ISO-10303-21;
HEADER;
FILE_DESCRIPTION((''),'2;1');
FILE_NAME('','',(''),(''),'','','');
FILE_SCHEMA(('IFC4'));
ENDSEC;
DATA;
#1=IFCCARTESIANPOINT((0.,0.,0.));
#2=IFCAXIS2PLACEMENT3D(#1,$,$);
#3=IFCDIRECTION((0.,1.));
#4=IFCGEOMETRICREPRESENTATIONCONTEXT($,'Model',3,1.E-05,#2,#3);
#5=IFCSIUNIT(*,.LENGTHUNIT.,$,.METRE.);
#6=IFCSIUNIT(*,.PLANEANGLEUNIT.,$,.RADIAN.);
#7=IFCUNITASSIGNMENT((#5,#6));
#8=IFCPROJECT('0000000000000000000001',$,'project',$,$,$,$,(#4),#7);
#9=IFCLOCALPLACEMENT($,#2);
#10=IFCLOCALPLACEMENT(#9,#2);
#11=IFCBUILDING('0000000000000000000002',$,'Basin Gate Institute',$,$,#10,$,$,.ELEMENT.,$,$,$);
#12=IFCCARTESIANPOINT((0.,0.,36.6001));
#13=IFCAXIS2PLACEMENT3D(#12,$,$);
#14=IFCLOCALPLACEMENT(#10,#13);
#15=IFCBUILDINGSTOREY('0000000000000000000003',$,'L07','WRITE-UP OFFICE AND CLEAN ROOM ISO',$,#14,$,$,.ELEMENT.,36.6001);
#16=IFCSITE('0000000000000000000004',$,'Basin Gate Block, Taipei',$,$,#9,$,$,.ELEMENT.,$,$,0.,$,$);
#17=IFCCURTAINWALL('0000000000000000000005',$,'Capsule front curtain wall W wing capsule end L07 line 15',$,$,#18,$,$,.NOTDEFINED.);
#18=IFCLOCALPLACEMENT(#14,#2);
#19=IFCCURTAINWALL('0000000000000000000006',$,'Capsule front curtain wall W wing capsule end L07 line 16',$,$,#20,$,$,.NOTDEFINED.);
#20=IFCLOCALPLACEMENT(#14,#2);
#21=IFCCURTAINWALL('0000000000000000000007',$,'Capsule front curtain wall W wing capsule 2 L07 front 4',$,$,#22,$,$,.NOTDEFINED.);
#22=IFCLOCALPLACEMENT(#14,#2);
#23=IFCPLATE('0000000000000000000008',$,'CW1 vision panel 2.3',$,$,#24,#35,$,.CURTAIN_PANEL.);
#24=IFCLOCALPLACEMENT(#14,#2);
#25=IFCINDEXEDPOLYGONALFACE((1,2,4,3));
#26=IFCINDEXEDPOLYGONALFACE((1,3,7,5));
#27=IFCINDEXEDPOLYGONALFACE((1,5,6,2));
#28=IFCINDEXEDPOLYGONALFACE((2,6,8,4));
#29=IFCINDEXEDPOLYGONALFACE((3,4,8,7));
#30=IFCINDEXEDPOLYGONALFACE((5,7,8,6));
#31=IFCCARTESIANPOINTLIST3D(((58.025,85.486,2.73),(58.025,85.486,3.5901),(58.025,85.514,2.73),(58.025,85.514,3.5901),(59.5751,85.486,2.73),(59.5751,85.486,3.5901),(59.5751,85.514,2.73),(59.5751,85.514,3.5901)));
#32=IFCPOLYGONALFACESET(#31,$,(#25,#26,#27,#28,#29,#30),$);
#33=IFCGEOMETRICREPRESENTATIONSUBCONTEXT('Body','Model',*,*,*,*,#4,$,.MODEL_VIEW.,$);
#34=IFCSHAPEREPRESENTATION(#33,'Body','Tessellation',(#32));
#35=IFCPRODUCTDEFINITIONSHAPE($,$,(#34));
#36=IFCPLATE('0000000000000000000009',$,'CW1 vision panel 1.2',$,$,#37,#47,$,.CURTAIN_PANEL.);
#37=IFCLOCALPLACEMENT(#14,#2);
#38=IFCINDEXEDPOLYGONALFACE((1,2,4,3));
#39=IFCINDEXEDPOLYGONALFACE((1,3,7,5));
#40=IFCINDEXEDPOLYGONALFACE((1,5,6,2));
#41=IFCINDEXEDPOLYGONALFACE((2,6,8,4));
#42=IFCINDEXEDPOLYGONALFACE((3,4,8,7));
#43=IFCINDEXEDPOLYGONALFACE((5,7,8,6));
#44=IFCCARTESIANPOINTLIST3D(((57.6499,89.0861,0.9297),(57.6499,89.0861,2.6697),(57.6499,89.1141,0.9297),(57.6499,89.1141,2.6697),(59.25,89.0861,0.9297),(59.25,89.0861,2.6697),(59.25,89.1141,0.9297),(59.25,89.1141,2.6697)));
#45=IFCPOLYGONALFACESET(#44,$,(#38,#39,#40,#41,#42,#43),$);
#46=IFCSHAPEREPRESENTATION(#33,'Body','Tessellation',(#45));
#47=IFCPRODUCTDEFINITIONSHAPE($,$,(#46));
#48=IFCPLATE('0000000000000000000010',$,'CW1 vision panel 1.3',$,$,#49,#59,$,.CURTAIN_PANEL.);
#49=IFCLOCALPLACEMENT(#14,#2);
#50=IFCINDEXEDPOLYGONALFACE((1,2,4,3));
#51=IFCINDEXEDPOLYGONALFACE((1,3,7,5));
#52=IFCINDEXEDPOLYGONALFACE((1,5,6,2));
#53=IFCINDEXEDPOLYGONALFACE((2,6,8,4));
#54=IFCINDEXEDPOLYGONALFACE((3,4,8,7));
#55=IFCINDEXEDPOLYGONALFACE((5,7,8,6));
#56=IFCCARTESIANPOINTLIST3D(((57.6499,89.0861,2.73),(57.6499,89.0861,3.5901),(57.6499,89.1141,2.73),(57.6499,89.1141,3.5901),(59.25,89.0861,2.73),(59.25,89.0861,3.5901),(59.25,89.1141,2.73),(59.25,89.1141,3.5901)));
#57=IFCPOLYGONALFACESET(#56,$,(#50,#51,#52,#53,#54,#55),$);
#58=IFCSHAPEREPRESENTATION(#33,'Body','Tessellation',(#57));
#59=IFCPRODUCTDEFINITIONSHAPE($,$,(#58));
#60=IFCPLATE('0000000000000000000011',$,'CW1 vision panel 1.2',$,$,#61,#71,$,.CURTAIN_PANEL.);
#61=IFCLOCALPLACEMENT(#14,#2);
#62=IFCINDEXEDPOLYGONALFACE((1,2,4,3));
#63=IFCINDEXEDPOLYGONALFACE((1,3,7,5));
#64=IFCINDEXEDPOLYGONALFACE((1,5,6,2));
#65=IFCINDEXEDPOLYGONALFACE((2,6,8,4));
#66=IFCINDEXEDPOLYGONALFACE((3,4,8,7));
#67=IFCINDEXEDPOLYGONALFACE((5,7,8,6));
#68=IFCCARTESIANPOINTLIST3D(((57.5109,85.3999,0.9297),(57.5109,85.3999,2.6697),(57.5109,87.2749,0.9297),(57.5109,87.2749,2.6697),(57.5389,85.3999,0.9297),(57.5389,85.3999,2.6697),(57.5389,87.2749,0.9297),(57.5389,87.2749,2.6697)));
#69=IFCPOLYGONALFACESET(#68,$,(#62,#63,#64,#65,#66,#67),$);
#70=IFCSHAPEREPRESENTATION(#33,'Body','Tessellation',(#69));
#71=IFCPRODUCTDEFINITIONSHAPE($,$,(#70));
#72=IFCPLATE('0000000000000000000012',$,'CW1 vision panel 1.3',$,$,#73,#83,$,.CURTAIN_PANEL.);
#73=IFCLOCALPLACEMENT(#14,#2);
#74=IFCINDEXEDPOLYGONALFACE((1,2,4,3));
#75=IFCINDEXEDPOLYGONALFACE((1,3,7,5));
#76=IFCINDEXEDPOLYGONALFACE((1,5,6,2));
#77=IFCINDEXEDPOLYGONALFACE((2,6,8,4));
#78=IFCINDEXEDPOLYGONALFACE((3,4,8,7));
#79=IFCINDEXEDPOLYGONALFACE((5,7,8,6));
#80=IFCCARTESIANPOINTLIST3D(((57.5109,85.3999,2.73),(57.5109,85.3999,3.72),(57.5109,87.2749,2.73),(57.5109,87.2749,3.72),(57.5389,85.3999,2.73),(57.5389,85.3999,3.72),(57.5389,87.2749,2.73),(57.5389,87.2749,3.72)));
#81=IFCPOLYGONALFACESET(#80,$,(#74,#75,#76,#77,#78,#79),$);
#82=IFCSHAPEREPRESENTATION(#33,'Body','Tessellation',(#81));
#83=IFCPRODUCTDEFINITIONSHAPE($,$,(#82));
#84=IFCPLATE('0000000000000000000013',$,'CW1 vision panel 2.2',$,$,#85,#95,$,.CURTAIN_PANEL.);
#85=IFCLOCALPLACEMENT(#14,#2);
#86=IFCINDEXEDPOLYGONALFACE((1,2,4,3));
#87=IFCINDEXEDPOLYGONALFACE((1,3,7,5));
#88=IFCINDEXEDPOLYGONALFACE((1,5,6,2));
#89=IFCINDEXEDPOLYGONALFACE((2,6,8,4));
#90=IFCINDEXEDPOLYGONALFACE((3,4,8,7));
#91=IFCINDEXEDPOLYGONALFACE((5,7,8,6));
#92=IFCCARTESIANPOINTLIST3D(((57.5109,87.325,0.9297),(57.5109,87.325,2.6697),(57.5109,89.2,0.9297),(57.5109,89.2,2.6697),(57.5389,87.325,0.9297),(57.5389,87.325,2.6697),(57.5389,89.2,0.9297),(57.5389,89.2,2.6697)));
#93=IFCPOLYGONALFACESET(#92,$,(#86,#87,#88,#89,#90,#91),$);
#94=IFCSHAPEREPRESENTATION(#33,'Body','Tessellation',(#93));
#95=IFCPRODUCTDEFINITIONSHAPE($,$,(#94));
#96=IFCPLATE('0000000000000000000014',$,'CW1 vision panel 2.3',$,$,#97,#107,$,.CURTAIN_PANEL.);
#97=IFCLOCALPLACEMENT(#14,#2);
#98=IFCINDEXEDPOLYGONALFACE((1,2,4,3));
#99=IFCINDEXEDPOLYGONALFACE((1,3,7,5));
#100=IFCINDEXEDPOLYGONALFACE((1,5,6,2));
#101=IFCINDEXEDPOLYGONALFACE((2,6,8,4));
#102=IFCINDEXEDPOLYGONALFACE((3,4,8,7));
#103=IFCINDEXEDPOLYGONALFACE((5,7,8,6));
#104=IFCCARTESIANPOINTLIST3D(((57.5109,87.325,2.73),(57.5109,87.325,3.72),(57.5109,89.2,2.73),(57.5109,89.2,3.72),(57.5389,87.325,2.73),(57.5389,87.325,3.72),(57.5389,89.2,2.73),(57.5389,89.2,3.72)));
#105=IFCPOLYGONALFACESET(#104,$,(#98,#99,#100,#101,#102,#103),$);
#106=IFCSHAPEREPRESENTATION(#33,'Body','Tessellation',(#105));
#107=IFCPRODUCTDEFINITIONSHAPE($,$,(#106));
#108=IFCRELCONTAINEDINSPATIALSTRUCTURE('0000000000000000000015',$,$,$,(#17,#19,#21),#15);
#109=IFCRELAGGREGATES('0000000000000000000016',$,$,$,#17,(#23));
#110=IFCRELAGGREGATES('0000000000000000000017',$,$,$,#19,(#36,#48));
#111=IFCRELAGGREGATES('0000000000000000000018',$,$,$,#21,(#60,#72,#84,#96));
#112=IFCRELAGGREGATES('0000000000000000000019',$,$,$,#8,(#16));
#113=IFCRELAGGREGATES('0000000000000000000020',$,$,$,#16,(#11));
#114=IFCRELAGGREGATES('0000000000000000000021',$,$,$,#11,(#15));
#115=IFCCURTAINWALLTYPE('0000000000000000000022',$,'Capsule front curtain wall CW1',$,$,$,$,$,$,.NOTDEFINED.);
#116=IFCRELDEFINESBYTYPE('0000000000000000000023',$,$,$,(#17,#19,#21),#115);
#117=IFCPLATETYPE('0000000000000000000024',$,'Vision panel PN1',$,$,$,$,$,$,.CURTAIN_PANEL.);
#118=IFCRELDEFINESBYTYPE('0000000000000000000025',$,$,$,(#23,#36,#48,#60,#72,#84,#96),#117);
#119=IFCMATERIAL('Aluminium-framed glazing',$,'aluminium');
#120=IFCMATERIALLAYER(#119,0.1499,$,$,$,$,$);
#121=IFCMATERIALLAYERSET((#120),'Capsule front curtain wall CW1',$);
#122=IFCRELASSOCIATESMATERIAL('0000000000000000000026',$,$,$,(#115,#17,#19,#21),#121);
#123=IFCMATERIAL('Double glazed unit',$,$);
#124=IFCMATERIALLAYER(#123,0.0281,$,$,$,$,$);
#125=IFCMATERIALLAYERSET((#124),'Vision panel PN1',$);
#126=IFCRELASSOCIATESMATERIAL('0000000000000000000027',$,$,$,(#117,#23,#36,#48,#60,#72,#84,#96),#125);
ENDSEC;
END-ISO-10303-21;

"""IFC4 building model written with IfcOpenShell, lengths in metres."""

from ifc_helpers import new_model, si_unit, direction, frame, origin, origin_2d, place, context, subcontext, project, spatial, rectangle, extrude, material, layer, layer_set, type_object, element, aggregate, save


model = new_model("IFC4")

# Units and contexts
model_context = context("Model", 3, precision=1e-05, world=origin(), true_north=direction((0.0, 1.0)))
body_context = subcontext(model_context, "Body", "Model", "MODEL_VIEW")
ifc_project = project(units=[si_unit("LENGTHUNIT", "METRE"), si_unit("PLANEANGLEUNIT", "RADIAN")], contexts=[model_context])

# Site, building, storey
site_placement = place(None, origin())
site = spatial("IfcSite", under=ifc_project, at=site_placement, Name="Basin Gate Block, Taipei", CompositionType="ELEMENT", RefElevation=0.0)
building_placement = place(site_placement, origin())
building = spatial("IfcBuilding", under=site, at=building_placement, Name="Basin Gate Institute", CompositionType="ELEMENT")
storey_placement = place(building_placement, frame((0.0, 0.0, 36.6001)))
storey = spatial("IfcBuildingStorey", under=building, at=storey_placement, Name="L07", Description="WRITE-UP OFFICE AND CLEAN ROOM ISO", CompositionType="ELEMENT", Elevation=36.6001)

# Curtain walls
ifc_material_1 = material(Name="Aluminium-framed glazing", Category="aluminium")
ifc_layer_1 = layer(ifc_material_1, 0.1499)
ifc_layer_set_1 = layer_set([ifc_layer_1], Name="Capsule front curtain wall CW1")
curtain_wall_type = type_object("IfcCurtainWallType", Name="Capsule front curtain wall CW1", PredefinedType="NOTDEFINED", material=ifc_layer_set_1)
curtain_wall_1_placement = place(storey_placement, origin())
curtain_wall_1 = element("IfcCurtainWall", 1, at=curtain_wall_1_placement, inside=storey, type_object=curtain_wall_type, material=ifc_layer_set_1, Name="Capsule front curtain wall W wing capsule end L07 line 15", PredefinedType="NOTDEFINED")
curtain_wall_2_placement = place(storey_placement, origin())
curtain_wall_2 = element("IfcCurtainWall", 2, at=curtain_wall_2_placement, inside=storey, type_object=curtain_wall_type, material=ifc_layer_set_1, Name="Capsule front curtain wall W wing capsule end L07 line 16", PredefinedType="NOTDEFINED")

# Curtain wall
curtain_wall_3_placement = place(storey_placement, origin())
curtain_wall_3 = element("IfcCurtainWall", 3, at=curtain_wall_3_placement, inside=storey, type_object=curtain_wall_type, material=ifc_layer_set_1, Name="Capsule front curtain wall W wing capsule 2 L07 front 4", PredefinedType="NOTDEFINED")

# Plates
ifc_material_2 = material(Name="Double glazed unit")
ifc_layer_2 = layer(ifc_material_2, 0.0281)
ifc_layer_set_2 = layer_set([ifc_layer_2], Name="Vision panel PN1")
plate_type_1 = type_object("IfcPlateType", Name="Vision panel PN1", PredefinedType="CURTAIN_PANEL", material=ifc_layer_set_2)
plate_1_placement = place(storey_placement, frame((58.8, 85.5, 2.73), z_axis=(0.0, 0.0, 1.0), x_axis=(1.0, 0.0, 0.0)))
plate_1 = element("IfcPlate", 4, at=plate_1_placement, type_object=plate_type_1, material=ifc_layer_set_2, Name="CW1 vision panel 2.3", PredefinedType="CURTAIN_PANEL", context=body_context, shape_type="SweptSolid", body=[
    extrude(rectangle(XDim=1.55, YDim=0.0281, at=origin_2d()), origin(), (0.0, 0.0, 1.0), 0.8601),
])
aggregate(curtain_wall_1, [plate_1])
plate_2_placement = place(storey_placement, frame((58.45, 89.1001, 0.9297), z_axis=(0.0, 0.0, 1.0), x_axis=(1.0, 0.0, 0.0)))
plate_2 = element("IfcPlate", 5, at=plate_2_placement, type_object=plate_type_1, material=ifc_layer_set_2, Name="CW1 vision panel 1.2", PredefinedType="CURTAIN_PANEL", context=body_context, shape_type="SweptSolid", body=[
    extrude(rectangle(XDim=1.6001, YDim=0.0281, at=origin_2d()), origin(), (0.0, 0.0, 1.0), 1.74),
])
plate_3_placement = place(storey_placement, frame((58.45, 89.1001, 2.73), z_axis=(0.0, 0.0, 1.0), x_axis=(1.0, 0.0, 0.0)))
plate_3 = element("IfcPlate", 6, at=plate_3_placement, type_object=plate_type_1, material=ifc_layer_set_2, Name="CW1 vision panel 1.3", PredefinedType="CURTAIN_PANEL", context=body_context, shape_type="SweptSolid", body=[
    extrude(rectangle(XDim=1.6001, YDim=0.0281, at=origin_2d()), origin(), (0.0, 0.0, 1.0), 0.8601),
])
aggregate(curtain_wall_2, [plate_2, plate_3])
plate_4_placement = place(storey_placement, frame((57.5249, 86.3374, 0.9297), z_axis=(0.0, 0.0, 1.0), x_axis=(0.0, 1.0, 0.0)))
plate_4 = element("IfcPlate", 7, at=plate_4_placement, type_object=plate_type_1, material=ifc_layer_set_2, Name="CW1 vision panel 1.2", PredefinedType="CURTAIN_PANEL", context=body_context, shape_type="SweptSolid", body=[
    extrude(rectangle(XDim=1.875, YDim=0.0281, at=origin_2d()), origin(), (0.0, 0.0, 1.0), 1.74),
])
plate_5_placement = place(storey_placement, frame((57.5249, 86.3374, 2.73), z_axis=(0.0, 0.0, 1.0), x_axis=(0.0, 1.0, 0.0)))
plate_5 = element("IfcPlate", 8, at=plate_5_placement, type_object=plate_type_1, material=ifc_layer_set_2, Name="CW1 vision panel 1.3", PredefinedType="CURTAIN_PANEL", context=body_context, shape_type="SweptSolid", body=[
    extrude(rectangle(XDim=1.875, YDim=0.0281, at=origin_2d()), origin(), (0.0, 0.0, 1.0), 0.99),
])
plate_6_placement = place(storey_placement, frame((57.5249, 88.2625, 0.9297), z_axis=(0.0, 0.0, 1.0), x_axis=(0.0, 1.0, 0.0)))
plate_6 = element("IfcPlate", 9, at=plate_6_placement, type_object=plate_type_1, material=ifc_layer_set_2, Name="CW1 vision panel 2.2", PredefinedType="CURTAIN_PANEL", context=body_context, shape_type="SweptSolid", body=[
    extrude(rectangle(XDim=1.875, YDim=0.0281, at=origin_2d()), origin(), (0.0, 0.0, 1.0), 1.74),
])
plate_7_placement = place(storey_placement, frame((57.5249, 88.2625, 2.73), z_axis=(0.0, 0.0, 1.0), x_axis=(0.0, 1.0, 0.0)))
plate_7 = element("IfcPlate", 10, at=plate_7_placement, type_object=plate_type_1, material=ifc_layer_set_2, Name="CW1 vision panel 2.3", PredefinedType="CURTAIN_PANEL", context=body_context, shape_type="SweptSolid", body=[
    extrude(rectangle(XDim=1.875, YDim=0.0281, at=origin_2d()), origin(), (0.0, 0.0, 1.0), 0.99),
])
aggregate(curtain_wall_3, [plate_4, plate_5, plate_6, plate_7])

save(model, "model.ifc")
